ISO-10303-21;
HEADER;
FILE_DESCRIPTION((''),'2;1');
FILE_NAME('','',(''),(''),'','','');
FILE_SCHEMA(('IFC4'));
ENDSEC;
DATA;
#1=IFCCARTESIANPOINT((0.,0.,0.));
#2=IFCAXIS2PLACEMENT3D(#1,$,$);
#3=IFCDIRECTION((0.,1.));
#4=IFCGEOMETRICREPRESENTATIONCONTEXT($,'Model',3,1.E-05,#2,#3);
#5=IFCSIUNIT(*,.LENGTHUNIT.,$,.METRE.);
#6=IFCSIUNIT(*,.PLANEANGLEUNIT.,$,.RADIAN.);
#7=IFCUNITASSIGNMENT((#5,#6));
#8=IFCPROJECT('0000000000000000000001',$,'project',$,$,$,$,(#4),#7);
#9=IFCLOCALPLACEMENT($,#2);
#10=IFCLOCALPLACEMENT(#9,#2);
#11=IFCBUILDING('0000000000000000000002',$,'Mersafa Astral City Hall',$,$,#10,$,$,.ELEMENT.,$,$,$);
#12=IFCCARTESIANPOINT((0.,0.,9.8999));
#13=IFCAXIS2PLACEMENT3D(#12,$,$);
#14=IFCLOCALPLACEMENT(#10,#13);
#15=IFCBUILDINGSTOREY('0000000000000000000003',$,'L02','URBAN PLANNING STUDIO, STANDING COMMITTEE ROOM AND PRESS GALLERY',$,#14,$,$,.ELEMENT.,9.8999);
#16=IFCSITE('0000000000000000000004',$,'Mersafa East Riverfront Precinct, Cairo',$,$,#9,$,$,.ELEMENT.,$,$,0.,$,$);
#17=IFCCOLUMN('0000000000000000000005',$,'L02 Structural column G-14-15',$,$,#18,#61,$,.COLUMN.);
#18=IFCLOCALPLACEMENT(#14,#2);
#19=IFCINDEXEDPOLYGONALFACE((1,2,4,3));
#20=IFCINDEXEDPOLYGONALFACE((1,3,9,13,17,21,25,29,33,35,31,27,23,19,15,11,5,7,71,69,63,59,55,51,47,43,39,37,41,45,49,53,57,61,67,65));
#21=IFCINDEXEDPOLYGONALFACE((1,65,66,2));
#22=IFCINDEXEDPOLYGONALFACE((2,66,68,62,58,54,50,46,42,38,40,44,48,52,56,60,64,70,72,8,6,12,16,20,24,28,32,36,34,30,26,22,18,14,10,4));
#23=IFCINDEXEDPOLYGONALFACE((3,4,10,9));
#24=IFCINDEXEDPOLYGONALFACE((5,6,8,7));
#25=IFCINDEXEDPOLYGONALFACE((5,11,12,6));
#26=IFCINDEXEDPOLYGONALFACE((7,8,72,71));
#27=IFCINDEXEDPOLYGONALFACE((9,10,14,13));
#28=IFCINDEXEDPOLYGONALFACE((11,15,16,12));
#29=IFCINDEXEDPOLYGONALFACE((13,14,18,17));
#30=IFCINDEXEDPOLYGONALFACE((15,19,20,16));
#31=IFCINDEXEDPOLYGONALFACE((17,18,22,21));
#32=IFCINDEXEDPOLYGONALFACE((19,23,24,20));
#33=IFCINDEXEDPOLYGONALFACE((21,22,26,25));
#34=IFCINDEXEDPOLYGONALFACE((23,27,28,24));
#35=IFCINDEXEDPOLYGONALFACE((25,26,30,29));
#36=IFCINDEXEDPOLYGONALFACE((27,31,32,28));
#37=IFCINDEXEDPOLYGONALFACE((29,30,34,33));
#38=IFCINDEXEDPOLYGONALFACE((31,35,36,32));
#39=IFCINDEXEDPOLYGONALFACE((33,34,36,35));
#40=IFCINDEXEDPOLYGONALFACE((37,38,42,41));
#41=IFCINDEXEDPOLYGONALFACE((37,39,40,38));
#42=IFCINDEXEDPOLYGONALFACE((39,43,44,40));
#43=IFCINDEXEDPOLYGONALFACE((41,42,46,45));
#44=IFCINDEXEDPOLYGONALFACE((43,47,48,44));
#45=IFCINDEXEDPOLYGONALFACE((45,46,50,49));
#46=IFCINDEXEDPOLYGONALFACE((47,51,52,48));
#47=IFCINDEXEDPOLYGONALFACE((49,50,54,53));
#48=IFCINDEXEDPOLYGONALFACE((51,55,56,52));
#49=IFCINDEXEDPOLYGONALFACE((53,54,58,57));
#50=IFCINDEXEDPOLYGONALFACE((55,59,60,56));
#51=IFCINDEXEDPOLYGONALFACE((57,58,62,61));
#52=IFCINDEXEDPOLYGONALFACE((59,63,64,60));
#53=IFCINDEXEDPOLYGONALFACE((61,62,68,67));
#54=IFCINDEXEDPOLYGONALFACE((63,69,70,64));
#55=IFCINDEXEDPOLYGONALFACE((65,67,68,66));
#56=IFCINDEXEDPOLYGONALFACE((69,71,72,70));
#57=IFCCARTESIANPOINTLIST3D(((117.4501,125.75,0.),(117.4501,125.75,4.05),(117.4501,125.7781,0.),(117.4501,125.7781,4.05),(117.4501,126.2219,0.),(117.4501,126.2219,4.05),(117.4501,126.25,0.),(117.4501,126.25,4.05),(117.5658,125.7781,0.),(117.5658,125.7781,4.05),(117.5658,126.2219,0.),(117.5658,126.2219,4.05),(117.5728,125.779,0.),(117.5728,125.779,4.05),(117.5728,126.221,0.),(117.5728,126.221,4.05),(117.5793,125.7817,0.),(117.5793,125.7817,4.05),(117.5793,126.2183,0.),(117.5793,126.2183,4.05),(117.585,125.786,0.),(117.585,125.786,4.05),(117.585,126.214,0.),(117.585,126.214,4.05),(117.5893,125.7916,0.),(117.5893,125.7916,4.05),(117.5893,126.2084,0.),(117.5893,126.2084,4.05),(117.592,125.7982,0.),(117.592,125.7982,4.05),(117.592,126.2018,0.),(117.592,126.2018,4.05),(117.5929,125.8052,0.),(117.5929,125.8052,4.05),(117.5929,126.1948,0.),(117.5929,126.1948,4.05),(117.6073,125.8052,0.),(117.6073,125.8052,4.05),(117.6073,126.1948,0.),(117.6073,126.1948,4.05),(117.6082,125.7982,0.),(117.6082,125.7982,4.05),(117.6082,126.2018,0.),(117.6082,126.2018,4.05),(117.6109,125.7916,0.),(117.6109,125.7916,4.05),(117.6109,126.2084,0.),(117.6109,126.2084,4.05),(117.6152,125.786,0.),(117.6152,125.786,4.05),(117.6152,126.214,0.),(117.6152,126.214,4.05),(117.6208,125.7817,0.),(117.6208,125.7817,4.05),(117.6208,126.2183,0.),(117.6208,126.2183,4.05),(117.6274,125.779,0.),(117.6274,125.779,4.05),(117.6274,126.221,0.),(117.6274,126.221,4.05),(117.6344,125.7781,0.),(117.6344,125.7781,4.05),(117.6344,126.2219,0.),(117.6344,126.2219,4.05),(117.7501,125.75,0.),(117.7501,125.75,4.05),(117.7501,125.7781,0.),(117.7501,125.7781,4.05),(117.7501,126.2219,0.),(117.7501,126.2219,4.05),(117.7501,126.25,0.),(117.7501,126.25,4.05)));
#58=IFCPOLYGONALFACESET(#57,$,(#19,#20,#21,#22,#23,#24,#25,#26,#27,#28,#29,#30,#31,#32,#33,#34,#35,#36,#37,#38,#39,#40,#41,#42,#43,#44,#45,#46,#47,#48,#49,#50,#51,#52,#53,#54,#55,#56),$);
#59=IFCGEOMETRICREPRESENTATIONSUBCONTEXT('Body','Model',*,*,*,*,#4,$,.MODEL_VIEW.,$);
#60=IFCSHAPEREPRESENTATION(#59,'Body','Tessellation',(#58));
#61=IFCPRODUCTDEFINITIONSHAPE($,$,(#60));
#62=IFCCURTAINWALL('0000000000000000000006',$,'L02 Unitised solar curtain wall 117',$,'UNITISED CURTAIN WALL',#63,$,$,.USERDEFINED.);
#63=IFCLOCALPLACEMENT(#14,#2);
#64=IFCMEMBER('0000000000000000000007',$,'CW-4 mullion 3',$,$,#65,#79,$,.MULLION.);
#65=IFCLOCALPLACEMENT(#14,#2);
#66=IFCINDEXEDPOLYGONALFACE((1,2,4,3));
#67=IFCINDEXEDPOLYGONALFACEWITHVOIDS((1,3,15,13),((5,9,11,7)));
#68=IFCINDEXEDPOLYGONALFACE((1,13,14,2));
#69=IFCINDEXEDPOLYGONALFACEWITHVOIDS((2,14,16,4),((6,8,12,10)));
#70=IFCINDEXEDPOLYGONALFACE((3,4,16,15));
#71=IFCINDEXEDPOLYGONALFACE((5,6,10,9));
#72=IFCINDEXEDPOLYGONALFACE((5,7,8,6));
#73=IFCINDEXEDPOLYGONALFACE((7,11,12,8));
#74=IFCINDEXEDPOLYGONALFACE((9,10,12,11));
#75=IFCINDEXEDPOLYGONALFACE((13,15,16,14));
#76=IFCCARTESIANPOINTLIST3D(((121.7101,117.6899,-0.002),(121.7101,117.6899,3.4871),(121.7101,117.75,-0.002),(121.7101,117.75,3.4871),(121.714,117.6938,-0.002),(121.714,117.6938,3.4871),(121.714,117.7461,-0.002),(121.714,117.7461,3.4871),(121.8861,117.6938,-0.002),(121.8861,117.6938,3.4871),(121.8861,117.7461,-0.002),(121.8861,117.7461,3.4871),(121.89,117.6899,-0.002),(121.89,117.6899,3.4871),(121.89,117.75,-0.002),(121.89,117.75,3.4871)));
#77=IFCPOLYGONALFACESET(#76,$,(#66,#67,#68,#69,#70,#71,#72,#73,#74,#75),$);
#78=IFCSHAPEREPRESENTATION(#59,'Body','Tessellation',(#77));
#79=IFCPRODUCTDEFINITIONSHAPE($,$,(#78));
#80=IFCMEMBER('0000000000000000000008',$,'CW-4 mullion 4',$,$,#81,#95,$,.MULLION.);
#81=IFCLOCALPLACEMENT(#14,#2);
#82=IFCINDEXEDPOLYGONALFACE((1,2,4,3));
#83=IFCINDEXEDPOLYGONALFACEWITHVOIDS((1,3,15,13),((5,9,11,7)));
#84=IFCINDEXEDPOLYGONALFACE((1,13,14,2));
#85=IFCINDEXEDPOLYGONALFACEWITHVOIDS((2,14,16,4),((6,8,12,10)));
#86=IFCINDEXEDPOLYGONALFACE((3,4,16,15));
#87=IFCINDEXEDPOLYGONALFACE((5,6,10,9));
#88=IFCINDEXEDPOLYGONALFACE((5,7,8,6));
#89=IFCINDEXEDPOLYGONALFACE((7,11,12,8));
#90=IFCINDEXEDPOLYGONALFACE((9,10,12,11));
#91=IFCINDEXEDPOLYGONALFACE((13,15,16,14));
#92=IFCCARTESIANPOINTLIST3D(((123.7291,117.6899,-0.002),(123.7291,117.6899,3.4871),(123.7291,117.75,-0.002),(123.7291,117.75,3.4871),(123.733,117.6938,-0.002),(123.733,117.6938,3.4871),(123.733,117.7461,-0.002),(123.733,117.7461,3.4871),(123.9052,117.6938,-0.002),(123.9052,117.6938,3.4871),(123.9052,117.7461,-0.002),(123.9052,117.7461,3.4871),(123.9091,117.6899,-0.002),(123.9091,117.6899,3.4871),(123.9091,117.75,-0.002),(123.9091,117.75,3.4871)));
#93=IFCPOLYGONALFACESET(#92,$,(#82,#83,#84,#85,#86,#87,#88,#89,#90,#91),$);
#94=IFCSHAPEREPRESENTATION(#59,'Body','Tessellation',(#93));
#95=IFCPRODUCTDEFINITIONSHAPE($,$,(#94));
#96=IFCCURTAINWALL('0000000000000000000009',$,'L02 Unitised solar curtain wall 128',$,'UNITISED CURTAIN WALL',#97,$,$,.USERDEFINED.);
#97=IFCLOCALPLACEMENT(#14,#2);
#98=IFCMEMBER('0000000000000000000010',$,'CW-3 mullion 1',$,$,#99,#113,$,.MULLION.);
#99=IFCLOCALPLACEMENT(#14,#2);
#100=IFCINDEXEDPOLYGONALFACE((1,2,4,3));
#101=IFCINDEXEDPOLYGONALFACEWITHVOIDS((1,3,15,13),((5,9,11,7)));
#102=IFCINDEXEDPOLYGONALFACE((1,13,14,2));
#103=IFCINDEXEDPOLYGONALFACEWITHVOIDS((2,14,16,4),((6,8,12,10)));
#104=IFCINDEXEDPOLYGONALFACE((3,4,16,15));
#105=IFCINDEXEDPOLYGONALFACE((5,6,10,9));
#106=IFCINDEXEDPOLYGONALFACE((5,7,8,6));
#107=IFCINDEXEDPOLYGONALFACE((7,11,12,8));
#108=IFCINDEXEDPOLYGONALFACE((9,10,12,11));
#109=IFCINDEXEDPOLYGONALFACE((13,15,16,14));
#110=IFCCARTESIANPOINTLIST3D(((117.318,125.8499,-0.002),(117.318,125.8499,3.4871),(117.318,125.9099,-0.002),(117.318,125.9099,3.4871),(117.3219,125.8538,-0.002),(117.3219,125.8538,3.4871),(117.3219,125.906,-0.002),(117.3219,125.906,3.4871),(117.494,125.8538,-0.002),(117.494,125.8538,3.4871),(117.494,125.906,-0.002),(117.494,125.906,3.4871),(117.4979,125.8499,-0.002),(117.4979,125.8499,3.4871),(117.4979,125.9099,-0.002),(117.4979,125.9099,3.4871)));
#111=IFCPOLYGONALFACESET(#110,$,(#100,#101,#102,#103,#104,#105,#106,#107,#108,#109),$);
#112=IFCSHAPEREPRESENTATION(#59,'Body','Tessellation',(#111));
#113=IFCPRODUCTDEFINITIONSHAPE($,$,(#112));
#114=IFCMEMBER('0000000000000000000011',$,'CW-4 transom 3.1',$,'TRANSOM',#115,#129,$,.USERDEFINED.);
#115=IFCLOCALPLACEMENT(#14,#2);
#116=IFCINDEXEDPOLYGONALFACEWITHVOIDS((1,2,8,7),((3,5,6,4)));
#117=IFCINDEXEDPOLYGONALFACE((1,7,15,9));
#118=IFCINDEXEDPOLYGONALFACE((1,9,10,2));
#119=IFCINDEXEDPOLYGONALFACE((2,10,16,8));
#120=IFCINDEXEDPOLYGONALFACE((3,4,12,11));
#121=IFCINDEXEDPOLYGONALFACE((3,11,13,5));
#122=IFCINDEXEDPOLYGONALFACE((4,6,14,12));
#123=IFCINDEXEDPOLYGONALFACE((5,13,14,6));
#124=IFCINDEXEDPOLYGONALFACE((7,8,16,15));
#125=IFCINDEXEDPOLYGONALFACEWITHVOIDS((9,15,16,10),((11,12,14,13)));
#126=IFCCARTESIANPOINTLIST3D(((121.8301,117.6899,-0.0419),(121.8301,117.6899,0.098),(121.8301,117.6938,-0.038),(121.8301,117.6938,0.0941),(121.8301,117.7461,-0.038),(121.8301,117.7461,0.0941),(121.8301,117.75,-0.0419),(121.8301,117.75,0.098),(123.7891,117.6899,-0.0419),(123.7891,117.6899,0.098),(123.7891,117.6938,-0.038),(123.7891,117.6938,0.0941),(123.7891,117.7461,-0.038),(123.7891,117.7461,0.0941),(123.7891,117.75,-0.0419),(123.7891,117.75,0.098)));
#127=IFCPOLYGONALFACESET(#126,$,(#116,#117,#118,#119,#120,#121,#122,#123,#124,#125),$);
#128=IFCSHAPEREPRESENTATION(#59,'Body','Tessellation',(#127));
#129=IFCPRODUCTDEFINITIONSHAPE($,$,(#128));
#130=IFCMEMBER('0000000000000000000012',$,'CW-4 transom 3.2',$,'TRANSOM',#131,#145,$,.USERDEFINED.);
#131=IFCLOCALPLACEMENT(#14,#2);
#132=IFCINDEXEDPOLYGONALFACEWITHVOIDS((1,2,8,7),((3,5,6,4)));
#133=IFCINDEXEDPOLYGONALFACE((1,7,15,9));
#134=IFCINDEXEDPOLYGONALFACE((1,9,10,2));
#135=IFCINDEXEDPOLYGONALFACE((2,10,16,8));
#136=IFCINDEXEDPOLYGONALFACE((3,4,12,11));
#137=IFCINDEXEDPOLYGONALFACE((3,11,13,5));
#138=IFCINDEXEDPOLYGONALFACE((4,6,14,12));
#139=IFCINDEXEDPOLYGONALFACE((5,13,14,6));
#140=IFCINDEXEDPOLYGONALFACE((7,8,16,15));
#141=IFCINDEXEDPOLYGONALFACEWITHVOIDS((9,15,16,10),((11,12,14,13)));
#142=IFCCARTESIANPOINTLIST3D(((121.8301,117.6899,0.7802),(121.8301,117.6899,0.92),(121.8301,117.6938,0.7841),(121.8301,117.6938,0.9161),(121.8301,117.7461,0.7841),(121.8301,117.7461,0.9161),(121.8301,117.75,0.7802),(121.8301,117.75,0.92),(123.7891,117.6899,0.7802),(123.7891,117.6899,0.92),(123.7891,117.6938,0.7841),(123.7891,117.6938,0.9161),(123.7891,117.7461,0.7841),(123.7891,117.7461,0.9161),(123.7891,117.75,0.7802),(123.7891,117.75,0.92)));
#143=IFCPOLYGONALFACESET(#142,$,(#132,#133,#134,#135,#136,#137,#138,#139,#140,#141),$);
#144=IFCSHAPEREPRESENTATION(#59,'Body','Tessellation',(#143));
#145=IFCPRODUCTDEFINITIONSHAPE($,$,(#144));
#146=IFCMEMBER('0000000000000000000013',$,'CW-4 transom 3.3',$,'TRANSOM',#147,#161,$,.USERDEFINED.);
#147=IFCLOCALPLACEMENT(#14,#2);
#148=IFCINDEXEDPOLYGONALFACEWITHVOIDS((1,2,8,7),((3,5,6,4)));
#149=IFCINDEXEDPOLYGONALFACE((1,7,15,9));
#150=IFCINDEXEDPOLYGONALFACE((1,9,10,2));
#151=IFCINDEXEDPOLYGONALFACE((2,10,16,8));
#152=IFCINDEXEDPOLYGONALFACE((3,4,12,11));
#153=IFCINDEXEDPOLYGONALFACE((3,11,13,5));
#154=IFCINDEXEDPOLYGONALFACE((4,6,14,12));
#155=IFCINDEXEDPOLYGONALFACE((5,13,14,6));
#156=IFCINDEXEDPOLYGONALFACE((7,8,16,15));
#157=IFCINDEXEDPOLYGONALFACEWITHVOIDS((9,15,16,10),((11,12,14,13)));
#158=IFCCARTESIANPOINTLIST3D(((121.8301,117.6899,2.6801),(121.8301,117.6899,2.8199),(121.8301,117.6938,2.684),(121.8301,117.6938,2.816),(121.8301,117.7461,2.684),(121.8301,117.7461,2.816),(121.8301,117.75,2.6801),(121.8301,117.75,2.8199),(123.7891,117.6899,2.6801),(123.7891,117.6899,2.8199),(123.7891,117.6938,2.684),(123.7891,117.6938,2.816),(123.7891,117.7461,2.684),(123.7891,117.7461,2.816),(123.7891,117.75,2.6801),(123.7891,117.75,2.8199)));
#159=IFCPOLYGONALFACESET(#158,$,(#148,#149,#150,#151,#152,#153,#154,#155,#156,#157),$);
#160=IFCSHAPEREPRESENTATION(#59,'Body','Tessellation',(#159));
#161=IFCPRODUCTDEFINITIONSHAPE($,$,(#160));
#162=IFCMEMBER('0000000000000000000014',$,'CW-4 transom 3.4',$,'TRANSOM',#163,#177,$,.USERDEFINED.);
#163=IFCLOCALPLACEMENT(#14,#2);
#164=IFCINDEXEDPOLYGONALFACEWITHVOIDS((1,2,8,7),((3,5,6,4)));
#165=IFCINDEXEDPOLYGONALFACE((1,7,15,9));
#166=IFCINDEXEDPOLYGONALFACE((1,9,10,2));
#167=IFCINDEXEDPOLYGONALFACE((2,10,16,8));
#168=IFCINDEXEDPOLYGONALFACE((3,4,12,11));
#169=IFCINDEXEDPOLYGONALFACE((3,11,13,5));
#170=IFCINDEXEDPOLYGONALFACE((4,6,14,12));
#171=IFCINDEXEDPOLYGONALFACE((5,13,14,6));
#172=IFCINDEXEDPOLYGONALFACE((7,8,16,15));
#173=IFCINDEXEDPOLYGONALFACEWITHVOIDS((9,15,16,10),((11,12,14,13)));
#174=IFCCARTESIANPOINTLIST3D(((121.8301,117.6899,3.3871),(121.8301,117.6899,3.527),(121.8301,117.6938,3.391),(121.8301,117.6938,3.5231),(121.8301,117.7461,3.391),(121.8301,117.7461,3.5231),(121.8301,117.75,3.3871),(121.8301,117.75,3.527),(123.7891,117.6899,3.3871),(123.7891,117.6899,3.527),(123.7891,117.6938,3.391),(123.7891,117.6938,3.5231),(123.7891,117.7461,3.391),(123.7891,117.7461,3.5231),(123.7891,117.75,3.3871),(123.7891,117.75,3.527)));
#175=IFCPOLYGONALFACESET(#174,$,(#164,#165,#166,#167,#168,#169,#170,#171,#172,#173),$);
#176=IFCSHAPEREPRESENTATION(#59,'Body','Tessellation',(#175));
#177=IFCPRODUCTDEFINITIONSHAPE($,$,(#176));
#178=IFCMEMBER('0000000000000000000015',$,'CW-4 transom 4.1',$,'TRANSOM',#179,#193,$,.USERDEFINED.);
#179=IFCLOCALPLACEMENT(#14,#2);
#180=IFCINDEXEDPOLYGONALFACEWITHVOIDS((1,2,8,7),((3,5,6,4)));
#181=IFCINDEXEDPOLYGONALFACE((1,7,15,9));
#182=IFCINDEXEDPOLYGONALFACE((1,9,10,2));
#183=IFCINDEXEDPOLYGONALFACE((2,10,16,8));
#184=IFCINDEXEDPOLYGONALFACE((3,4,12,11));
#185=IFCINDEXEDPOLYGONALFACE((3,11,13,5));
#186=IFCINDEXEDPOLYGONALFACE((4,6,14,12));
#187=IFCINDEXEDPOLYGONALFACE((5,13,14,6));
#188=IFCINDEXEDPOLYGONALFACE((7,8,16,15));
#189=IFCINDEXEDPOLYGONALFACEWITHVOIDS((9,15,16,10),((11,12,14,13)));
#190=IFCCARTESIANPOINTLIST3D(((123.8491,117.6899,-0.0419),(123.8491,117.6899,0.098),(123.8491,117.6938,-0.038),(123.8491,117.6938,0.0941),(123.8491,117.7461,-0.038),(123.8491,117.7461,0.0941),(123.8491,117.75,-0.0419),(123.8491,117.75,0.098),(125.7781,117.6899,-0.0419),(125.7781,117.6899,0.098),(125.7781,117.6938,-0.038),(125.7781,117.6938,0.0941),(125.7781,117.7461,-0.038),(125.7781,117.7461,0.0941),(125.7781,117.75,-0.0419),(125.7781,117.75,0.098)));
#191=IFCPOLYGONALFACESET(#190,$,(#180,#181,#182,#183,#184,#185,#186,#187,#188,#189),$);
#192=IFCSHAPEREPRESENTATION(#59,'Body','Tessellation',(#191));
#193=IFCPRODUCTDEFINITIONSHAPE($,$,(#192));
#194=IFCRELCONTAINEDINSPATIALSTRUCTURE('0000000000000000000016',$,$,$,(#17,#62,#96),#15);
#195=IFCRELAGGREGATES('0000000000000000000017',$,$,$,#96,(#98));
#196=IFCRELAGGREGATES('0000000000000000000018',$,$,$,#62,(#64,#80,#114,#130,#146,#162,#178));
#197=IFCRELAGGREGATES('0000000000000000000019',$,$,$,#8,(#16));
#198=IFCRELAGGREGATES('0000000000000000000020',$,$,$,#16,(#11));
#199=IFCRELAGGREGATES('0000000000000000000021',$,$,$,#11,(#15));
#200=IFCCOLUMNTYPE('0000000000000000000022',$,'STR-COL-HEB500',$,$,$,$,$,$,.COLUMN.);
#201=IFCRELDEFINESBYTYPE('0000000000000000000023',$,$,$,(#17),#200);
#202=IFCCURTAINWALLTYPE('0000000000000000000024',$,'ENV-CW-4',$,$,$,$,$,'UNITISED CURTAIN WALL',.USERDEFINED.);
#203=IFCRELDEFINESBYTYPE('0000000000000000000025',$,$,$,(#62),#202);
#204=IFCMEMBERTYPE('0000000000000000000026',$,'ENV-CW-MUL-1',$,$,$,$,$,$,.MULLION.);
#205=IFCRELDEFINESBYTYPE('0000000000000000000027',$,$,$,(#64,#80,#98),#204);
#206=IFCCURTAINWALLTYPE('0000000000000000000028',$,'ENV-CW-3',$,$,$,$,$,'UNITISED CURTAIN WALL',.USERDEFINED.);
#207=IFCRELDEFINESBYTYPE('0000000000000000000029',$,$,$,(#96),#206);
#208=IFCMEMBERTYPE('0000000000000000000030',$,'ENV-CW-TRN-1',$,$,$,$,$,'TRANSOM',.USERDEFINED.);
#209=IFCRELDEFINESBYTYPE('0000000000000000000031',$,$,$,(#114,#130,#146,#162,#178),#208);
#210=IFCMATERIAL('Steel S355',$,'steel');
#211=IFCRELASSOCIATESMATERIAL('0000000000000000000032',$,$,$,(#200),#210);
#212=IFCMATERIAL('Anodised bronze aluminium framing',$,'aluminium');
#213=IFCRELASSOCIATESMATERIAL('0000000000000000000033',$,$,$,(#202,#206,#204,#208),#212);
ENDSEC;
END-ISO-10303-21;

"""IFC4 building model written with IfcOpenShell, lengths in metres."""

from ifc_helpers import new_model, si_unit, direction, frame, origin, origin_2d, place, context, subcontext, project, spatial, hollow_rectangle, i_section, extrude, material, material_profile, profile_set, type_object, element, aggregate, save


model = new_model("IFC4")

# Units and contexts
model_context = context("Model", 3, precision=1e-05, world=origin(), true_north=direction((0.0, 1.0)))
body_context = subcontext(model_context, "Body", "Model", "MODEL_VIEW")
ifc_project = project(units=[si_unit("LENGTHUNIT", "METRE"), si_unit("PLANEANGLEUNIT", "RADIAN")], contexts=[model_context])

# Site, building, storey
site_placement = place(None, origin())
site = spatial("IfcSite", under=ifc_project, at=site_placement, Name="Mersafa East Riverfront Precinct, Cairo", CompositionType="ELEMENT", RefElevation=0.0)
building_placement = place(site_placement, origin())
building = spatial("IfcBuilding", under=site, at=building_placement, Name="Mersafa Astral City Hall", CompositionType="ELEMENT")
storey_placement = place(building_placement, frame((0.0, 0.0, 9.8999)))
storey = spatial("IfcBuildingStorey", under=building, at=storey_placement, Name="L02", Description="URBAN PLANNING STUDIO, STANDING COMMITTEE ROOM AND PRESS GALLERY", CompositionType="ELEMENT", Elevation=9.8999)

# Column
ifc_material_1 = material(Name="Steel S355", Category="steel")
ifc_material_profile_1 = material_profile(ifc_material_1, i_section(OverallWidth=0.3, OverallDepth=0.5, WebThickness=0.0144, FlangeThickness=0.0281, FilletRadius=0.0271, at=origin_2d()), Name="HEB 500")
ifc_profile_set_1 = profile_set([ifc_material_profile_1], Name="Steel S355")
column_type = type_object("IfcColumnType", Name="STR-COL-HEB500", PredefinedType="COLUMN", material=ifc_profile_set_1)
column_placement = place(storey_placement, frame((117.6001, 126.0, 0.0), z_axis=(0.0, 0.0, 1.0), x_axis=(1.0, 0.0, 0.0)))
element("IfcColumn", 1, at=column_placement, inside=storey, type_object=column_type, Name="L02 Structural column G-14-15", PredefinedType="COLUMN", context=body_context, shape_type="SweptSolid", body=[
    extrude(i_section(OverallWidth=0.3, OverallDepth=0.5, WebThickness=0.0144, FlangeThickness=0.0281, FilletRadius=0.0271, at=origin_2d()), origin(), (0.0, 0.0, 1.0), 4.05),
])

# Curtain wall, members
ifc_material_2 = material(Name="Anodised bronze aluminium framing", Category="aluminium")
curtain_wall_type_1 = type_object("IfcCurtainWallType", Name="ENV-CW-4", ElementType="UNITISED CURTAIN WALL", PredefinedType="USERDEFINED", material=ifc_material_2)
curtain_wall_1_placement = place(storey_placement, origin())
curtain_wall_1 = element("IfcCurtainWall", 2, at=curtain_wall_1_placement, inside=storey, type_object=curtain_wall_type_1, Name="L02 Unitised solar curtain wall 117", ObjectType="UNITISED CURTAIN WALL", PredefinedType="USERDEFINED")
ifc_material_profile_2 = material_profile(ifc_material_2, hollow_rectangle(XDim=0.0601, YDim=0.1799, WallThickness=0.0039, at=origin_2d()), Name="RHS 60x180x4")
ifc_profile_set_2 = profile_set([ifc_material_profile_2], Name="Anodised bronze aluminium framing")
member_type_1 = type_object("IfcMemberType", Name="ENV-CW-MUL-1", PredefinedType="MULLION", material=ifc_profile_set_2)
member_1_placement = place(storey_placement, frame((121.8, 117.72, -0.002), z_axis=(0.0, 0.0, 1.0), x_axis=(0.0, 1.0, 0.0)))
member_1 = element("IfcMember", 3, at=member_1_placement, type_object=member_type_1, Name="CW-4 mullion 3", PredefinedType="MULLION", context=body_context, shape_type="SweptSolid", body=[
    extrude(hollow_rectangle(XDim=0.0601, YDim=0.1799, WallThickness=0.0039, at=origin_2d()), origin(), (0.0, 0.0, 1.0), 3.489),
])
member_2_placement = place(storey_placement, frame((123.8191, 117.72, -0.002), z_axis=(0.0, 0.0, 1.0), x_axis=(0.0, 1.0, 0.0)))
member_2 = element("IfcMember", 4, at=member_2_placement, type_object=member_type_1, Name="CW-4 mullion 4", PredefinedType="MULLION", context=body_context, shape_type="SweptSolid", body=[
    extrude(hollow_rectangle(XDim=0.0601, YDim=0.1799, WallThickness=0.0039, at=origin_2d()), origin(), (0.0, 0.0, 1.0), 3.489),
])

# Curtain wall, member
curtain_wall_type_2 = type_object("IfcCurtainWallType", Name="ENV-CW-3", ElementType="UNITISED CURTAIN WALL", PredefinedType="USERDEFINED", material=ifc_material_2)
curtain_wall_2_placement = place(storey_placement, origin())
curtain_wall_2 = element("IfcCurtainWall", 5, at=curtain_wall_2_placement, inside=storey, type_object=curtain_wall_type_2, Name="L02 Unitised solar curtain wall 128", ObjectType="UNITISED CURTAIN WALL", PredefinedType="USERDEFINED")
member_3_placement = place(storey_placement, frame((117.408, 125.8799, -0.002), z_axis=(0.0, 0.0, 1.0), x_axis=(0.0, -1.0, 0.0)))
member_3 = element("IfcMember", 6, at=member_3_placement, type_object=member_type_1, Name="CW-3 mullion 1", PredefinedType="MULLION", context=body_context, shape_type="SweptSolid", body=[
    extrude(hollow_rectangle(XDim=0.0601, YDim=0.1799, WallThickness=0.0039, at=origin_2d()), origin(), (0.0, 0.0, 1.0), 3.489),
])

# Members
ifc_material_profile_3 = material_profile(ifc_material_2, hollow_rectangle(XDim=0.0601, YDim=0.1399, WallThickness=0.0039, at=origin_2d()), Name="RHS 60x140x4")
ifc_profile_set_3 = profile_set([ifc_material_profile_3], Name="Anodised bronze aluminium framing")
member_type_2 = type_object("IfcMemberType", Name="ENV-CW-TRN-1", ElementType="TRANSOM", PredefinedType="USERDEFINED", material=ifc_profile_set_3)
member_4_placement = place(storey_placement, frame((121.8301, 117.72, 0.0281), z_axis=(1.0, 0.0, 0.0), x_axis=(0.0, 1.0, 0.0)))
member_4 = element("IfcMember", 7, at=member_4_placement, type_object=member_type_2, Name="CW-4 transom 3.1", ObjectType="TRANSOM", PredefinedType="USERDEFINED", context=body_context, shape_type="SweptSolid", body=[
    extrude(hollow_rectangle(XDim=0.0601, YDim=0.1399, WallThickness=0.0039, at=origin_2d()), origin(), (0.0, 0.0, 1.0), 1.959),
])
member_5_placement = place(storey_placement, frame((121.8301, 117.72, 0.8501), z_axis=(1.0, 0.0, 0.0), x_axis=(0.0, 1.0, 0.0)))
member_5 = element("IfcMember", 8, at=member_5_placement, type_object=member_type_2, Name="CW-4 transom 3.2", ObjectType="TRANSOM", PredefinedType="USERDEFINED", context=body_context, shape_type="SweptSolid", body=[
    extrude(hollow_rectangle(XDim=0.0601, YDim=0.1399, WallThickness=0.0039, at=origin_2d()), origin(), (0.0, 0.0, 1.0), 1.959),
])
member_6_placement = place(storey_placement, frame((121.8301, 117.72, 2.75), z_axis=(1.0, 0.0, 0.0), x_axis=(0.0, 1.0, 0.0)))
member_6 = element("IfcMember", 9, at=member_6_placement, type_object=member_type_2, Name="CW-4 transom 3.3", ObjectType="TRANSOM", PredefinedType="USERDEFINED", context=body_context, shape_type="SweptSolid", body=[
    extrude(hollow_rectangle(XDim=0.0601, YDim=0.1399, WallThickness=0.0039, at=origin_2d()), origin(), (0.0, 0.0, 1.0), 1.959),
])
member_7_placement = place(storey_placement, frame((121.8301, 117.72, 3.457), z_axis=(1.0, 0.0, 0.0), x_axis=(0.0, 1.0, 0.0)))
member_7 = element("IfcMember", 10, at=member_7_placement, type_object=member_type_2, Name="CW-4 transom 3.4", ObjectType="TRANSOM", PredefinedType="USERDEFINED", context=body_context, shape_type="SweptSolid", body=[
    extrude(hollow_rectangle(XDim=0.0601, YDim=0.1399, WallThickness=0.0039, at=origin_2d()), origin(), (0.0, 0.0, 1.0), 1.959),
])
member_8_placement = place(storey_placement, frame((123.8491, 117.72, 0.0281), z_axis=(1.0, 0.0, 0.0), x_axis=(0.0, 1.0, 0.0)))
member_8 = element("IfcMember", 11, at=member_8_placement, type_object=member_type_2, Name="CW-4 transom 4.1", ObjectType="TRANSOM", PredefinedType="USERDEFINED", context=body_context, shape_type="SweptSolid", body=[
    extrude(hollow_rectangle(XDim=0.0601, YDim=0.1399, WallThickness=0.0039, at=origin_2d()), origin(), (0.0, 0.0, 1.0), 1.929),
])
aggregate(curtain_wall_2, [member_3])

aggregate(curtain_wall_1, [member_1, member_2, member_4, member_5, member_6, member_7, member_8])

save(model, "model.ifc")
